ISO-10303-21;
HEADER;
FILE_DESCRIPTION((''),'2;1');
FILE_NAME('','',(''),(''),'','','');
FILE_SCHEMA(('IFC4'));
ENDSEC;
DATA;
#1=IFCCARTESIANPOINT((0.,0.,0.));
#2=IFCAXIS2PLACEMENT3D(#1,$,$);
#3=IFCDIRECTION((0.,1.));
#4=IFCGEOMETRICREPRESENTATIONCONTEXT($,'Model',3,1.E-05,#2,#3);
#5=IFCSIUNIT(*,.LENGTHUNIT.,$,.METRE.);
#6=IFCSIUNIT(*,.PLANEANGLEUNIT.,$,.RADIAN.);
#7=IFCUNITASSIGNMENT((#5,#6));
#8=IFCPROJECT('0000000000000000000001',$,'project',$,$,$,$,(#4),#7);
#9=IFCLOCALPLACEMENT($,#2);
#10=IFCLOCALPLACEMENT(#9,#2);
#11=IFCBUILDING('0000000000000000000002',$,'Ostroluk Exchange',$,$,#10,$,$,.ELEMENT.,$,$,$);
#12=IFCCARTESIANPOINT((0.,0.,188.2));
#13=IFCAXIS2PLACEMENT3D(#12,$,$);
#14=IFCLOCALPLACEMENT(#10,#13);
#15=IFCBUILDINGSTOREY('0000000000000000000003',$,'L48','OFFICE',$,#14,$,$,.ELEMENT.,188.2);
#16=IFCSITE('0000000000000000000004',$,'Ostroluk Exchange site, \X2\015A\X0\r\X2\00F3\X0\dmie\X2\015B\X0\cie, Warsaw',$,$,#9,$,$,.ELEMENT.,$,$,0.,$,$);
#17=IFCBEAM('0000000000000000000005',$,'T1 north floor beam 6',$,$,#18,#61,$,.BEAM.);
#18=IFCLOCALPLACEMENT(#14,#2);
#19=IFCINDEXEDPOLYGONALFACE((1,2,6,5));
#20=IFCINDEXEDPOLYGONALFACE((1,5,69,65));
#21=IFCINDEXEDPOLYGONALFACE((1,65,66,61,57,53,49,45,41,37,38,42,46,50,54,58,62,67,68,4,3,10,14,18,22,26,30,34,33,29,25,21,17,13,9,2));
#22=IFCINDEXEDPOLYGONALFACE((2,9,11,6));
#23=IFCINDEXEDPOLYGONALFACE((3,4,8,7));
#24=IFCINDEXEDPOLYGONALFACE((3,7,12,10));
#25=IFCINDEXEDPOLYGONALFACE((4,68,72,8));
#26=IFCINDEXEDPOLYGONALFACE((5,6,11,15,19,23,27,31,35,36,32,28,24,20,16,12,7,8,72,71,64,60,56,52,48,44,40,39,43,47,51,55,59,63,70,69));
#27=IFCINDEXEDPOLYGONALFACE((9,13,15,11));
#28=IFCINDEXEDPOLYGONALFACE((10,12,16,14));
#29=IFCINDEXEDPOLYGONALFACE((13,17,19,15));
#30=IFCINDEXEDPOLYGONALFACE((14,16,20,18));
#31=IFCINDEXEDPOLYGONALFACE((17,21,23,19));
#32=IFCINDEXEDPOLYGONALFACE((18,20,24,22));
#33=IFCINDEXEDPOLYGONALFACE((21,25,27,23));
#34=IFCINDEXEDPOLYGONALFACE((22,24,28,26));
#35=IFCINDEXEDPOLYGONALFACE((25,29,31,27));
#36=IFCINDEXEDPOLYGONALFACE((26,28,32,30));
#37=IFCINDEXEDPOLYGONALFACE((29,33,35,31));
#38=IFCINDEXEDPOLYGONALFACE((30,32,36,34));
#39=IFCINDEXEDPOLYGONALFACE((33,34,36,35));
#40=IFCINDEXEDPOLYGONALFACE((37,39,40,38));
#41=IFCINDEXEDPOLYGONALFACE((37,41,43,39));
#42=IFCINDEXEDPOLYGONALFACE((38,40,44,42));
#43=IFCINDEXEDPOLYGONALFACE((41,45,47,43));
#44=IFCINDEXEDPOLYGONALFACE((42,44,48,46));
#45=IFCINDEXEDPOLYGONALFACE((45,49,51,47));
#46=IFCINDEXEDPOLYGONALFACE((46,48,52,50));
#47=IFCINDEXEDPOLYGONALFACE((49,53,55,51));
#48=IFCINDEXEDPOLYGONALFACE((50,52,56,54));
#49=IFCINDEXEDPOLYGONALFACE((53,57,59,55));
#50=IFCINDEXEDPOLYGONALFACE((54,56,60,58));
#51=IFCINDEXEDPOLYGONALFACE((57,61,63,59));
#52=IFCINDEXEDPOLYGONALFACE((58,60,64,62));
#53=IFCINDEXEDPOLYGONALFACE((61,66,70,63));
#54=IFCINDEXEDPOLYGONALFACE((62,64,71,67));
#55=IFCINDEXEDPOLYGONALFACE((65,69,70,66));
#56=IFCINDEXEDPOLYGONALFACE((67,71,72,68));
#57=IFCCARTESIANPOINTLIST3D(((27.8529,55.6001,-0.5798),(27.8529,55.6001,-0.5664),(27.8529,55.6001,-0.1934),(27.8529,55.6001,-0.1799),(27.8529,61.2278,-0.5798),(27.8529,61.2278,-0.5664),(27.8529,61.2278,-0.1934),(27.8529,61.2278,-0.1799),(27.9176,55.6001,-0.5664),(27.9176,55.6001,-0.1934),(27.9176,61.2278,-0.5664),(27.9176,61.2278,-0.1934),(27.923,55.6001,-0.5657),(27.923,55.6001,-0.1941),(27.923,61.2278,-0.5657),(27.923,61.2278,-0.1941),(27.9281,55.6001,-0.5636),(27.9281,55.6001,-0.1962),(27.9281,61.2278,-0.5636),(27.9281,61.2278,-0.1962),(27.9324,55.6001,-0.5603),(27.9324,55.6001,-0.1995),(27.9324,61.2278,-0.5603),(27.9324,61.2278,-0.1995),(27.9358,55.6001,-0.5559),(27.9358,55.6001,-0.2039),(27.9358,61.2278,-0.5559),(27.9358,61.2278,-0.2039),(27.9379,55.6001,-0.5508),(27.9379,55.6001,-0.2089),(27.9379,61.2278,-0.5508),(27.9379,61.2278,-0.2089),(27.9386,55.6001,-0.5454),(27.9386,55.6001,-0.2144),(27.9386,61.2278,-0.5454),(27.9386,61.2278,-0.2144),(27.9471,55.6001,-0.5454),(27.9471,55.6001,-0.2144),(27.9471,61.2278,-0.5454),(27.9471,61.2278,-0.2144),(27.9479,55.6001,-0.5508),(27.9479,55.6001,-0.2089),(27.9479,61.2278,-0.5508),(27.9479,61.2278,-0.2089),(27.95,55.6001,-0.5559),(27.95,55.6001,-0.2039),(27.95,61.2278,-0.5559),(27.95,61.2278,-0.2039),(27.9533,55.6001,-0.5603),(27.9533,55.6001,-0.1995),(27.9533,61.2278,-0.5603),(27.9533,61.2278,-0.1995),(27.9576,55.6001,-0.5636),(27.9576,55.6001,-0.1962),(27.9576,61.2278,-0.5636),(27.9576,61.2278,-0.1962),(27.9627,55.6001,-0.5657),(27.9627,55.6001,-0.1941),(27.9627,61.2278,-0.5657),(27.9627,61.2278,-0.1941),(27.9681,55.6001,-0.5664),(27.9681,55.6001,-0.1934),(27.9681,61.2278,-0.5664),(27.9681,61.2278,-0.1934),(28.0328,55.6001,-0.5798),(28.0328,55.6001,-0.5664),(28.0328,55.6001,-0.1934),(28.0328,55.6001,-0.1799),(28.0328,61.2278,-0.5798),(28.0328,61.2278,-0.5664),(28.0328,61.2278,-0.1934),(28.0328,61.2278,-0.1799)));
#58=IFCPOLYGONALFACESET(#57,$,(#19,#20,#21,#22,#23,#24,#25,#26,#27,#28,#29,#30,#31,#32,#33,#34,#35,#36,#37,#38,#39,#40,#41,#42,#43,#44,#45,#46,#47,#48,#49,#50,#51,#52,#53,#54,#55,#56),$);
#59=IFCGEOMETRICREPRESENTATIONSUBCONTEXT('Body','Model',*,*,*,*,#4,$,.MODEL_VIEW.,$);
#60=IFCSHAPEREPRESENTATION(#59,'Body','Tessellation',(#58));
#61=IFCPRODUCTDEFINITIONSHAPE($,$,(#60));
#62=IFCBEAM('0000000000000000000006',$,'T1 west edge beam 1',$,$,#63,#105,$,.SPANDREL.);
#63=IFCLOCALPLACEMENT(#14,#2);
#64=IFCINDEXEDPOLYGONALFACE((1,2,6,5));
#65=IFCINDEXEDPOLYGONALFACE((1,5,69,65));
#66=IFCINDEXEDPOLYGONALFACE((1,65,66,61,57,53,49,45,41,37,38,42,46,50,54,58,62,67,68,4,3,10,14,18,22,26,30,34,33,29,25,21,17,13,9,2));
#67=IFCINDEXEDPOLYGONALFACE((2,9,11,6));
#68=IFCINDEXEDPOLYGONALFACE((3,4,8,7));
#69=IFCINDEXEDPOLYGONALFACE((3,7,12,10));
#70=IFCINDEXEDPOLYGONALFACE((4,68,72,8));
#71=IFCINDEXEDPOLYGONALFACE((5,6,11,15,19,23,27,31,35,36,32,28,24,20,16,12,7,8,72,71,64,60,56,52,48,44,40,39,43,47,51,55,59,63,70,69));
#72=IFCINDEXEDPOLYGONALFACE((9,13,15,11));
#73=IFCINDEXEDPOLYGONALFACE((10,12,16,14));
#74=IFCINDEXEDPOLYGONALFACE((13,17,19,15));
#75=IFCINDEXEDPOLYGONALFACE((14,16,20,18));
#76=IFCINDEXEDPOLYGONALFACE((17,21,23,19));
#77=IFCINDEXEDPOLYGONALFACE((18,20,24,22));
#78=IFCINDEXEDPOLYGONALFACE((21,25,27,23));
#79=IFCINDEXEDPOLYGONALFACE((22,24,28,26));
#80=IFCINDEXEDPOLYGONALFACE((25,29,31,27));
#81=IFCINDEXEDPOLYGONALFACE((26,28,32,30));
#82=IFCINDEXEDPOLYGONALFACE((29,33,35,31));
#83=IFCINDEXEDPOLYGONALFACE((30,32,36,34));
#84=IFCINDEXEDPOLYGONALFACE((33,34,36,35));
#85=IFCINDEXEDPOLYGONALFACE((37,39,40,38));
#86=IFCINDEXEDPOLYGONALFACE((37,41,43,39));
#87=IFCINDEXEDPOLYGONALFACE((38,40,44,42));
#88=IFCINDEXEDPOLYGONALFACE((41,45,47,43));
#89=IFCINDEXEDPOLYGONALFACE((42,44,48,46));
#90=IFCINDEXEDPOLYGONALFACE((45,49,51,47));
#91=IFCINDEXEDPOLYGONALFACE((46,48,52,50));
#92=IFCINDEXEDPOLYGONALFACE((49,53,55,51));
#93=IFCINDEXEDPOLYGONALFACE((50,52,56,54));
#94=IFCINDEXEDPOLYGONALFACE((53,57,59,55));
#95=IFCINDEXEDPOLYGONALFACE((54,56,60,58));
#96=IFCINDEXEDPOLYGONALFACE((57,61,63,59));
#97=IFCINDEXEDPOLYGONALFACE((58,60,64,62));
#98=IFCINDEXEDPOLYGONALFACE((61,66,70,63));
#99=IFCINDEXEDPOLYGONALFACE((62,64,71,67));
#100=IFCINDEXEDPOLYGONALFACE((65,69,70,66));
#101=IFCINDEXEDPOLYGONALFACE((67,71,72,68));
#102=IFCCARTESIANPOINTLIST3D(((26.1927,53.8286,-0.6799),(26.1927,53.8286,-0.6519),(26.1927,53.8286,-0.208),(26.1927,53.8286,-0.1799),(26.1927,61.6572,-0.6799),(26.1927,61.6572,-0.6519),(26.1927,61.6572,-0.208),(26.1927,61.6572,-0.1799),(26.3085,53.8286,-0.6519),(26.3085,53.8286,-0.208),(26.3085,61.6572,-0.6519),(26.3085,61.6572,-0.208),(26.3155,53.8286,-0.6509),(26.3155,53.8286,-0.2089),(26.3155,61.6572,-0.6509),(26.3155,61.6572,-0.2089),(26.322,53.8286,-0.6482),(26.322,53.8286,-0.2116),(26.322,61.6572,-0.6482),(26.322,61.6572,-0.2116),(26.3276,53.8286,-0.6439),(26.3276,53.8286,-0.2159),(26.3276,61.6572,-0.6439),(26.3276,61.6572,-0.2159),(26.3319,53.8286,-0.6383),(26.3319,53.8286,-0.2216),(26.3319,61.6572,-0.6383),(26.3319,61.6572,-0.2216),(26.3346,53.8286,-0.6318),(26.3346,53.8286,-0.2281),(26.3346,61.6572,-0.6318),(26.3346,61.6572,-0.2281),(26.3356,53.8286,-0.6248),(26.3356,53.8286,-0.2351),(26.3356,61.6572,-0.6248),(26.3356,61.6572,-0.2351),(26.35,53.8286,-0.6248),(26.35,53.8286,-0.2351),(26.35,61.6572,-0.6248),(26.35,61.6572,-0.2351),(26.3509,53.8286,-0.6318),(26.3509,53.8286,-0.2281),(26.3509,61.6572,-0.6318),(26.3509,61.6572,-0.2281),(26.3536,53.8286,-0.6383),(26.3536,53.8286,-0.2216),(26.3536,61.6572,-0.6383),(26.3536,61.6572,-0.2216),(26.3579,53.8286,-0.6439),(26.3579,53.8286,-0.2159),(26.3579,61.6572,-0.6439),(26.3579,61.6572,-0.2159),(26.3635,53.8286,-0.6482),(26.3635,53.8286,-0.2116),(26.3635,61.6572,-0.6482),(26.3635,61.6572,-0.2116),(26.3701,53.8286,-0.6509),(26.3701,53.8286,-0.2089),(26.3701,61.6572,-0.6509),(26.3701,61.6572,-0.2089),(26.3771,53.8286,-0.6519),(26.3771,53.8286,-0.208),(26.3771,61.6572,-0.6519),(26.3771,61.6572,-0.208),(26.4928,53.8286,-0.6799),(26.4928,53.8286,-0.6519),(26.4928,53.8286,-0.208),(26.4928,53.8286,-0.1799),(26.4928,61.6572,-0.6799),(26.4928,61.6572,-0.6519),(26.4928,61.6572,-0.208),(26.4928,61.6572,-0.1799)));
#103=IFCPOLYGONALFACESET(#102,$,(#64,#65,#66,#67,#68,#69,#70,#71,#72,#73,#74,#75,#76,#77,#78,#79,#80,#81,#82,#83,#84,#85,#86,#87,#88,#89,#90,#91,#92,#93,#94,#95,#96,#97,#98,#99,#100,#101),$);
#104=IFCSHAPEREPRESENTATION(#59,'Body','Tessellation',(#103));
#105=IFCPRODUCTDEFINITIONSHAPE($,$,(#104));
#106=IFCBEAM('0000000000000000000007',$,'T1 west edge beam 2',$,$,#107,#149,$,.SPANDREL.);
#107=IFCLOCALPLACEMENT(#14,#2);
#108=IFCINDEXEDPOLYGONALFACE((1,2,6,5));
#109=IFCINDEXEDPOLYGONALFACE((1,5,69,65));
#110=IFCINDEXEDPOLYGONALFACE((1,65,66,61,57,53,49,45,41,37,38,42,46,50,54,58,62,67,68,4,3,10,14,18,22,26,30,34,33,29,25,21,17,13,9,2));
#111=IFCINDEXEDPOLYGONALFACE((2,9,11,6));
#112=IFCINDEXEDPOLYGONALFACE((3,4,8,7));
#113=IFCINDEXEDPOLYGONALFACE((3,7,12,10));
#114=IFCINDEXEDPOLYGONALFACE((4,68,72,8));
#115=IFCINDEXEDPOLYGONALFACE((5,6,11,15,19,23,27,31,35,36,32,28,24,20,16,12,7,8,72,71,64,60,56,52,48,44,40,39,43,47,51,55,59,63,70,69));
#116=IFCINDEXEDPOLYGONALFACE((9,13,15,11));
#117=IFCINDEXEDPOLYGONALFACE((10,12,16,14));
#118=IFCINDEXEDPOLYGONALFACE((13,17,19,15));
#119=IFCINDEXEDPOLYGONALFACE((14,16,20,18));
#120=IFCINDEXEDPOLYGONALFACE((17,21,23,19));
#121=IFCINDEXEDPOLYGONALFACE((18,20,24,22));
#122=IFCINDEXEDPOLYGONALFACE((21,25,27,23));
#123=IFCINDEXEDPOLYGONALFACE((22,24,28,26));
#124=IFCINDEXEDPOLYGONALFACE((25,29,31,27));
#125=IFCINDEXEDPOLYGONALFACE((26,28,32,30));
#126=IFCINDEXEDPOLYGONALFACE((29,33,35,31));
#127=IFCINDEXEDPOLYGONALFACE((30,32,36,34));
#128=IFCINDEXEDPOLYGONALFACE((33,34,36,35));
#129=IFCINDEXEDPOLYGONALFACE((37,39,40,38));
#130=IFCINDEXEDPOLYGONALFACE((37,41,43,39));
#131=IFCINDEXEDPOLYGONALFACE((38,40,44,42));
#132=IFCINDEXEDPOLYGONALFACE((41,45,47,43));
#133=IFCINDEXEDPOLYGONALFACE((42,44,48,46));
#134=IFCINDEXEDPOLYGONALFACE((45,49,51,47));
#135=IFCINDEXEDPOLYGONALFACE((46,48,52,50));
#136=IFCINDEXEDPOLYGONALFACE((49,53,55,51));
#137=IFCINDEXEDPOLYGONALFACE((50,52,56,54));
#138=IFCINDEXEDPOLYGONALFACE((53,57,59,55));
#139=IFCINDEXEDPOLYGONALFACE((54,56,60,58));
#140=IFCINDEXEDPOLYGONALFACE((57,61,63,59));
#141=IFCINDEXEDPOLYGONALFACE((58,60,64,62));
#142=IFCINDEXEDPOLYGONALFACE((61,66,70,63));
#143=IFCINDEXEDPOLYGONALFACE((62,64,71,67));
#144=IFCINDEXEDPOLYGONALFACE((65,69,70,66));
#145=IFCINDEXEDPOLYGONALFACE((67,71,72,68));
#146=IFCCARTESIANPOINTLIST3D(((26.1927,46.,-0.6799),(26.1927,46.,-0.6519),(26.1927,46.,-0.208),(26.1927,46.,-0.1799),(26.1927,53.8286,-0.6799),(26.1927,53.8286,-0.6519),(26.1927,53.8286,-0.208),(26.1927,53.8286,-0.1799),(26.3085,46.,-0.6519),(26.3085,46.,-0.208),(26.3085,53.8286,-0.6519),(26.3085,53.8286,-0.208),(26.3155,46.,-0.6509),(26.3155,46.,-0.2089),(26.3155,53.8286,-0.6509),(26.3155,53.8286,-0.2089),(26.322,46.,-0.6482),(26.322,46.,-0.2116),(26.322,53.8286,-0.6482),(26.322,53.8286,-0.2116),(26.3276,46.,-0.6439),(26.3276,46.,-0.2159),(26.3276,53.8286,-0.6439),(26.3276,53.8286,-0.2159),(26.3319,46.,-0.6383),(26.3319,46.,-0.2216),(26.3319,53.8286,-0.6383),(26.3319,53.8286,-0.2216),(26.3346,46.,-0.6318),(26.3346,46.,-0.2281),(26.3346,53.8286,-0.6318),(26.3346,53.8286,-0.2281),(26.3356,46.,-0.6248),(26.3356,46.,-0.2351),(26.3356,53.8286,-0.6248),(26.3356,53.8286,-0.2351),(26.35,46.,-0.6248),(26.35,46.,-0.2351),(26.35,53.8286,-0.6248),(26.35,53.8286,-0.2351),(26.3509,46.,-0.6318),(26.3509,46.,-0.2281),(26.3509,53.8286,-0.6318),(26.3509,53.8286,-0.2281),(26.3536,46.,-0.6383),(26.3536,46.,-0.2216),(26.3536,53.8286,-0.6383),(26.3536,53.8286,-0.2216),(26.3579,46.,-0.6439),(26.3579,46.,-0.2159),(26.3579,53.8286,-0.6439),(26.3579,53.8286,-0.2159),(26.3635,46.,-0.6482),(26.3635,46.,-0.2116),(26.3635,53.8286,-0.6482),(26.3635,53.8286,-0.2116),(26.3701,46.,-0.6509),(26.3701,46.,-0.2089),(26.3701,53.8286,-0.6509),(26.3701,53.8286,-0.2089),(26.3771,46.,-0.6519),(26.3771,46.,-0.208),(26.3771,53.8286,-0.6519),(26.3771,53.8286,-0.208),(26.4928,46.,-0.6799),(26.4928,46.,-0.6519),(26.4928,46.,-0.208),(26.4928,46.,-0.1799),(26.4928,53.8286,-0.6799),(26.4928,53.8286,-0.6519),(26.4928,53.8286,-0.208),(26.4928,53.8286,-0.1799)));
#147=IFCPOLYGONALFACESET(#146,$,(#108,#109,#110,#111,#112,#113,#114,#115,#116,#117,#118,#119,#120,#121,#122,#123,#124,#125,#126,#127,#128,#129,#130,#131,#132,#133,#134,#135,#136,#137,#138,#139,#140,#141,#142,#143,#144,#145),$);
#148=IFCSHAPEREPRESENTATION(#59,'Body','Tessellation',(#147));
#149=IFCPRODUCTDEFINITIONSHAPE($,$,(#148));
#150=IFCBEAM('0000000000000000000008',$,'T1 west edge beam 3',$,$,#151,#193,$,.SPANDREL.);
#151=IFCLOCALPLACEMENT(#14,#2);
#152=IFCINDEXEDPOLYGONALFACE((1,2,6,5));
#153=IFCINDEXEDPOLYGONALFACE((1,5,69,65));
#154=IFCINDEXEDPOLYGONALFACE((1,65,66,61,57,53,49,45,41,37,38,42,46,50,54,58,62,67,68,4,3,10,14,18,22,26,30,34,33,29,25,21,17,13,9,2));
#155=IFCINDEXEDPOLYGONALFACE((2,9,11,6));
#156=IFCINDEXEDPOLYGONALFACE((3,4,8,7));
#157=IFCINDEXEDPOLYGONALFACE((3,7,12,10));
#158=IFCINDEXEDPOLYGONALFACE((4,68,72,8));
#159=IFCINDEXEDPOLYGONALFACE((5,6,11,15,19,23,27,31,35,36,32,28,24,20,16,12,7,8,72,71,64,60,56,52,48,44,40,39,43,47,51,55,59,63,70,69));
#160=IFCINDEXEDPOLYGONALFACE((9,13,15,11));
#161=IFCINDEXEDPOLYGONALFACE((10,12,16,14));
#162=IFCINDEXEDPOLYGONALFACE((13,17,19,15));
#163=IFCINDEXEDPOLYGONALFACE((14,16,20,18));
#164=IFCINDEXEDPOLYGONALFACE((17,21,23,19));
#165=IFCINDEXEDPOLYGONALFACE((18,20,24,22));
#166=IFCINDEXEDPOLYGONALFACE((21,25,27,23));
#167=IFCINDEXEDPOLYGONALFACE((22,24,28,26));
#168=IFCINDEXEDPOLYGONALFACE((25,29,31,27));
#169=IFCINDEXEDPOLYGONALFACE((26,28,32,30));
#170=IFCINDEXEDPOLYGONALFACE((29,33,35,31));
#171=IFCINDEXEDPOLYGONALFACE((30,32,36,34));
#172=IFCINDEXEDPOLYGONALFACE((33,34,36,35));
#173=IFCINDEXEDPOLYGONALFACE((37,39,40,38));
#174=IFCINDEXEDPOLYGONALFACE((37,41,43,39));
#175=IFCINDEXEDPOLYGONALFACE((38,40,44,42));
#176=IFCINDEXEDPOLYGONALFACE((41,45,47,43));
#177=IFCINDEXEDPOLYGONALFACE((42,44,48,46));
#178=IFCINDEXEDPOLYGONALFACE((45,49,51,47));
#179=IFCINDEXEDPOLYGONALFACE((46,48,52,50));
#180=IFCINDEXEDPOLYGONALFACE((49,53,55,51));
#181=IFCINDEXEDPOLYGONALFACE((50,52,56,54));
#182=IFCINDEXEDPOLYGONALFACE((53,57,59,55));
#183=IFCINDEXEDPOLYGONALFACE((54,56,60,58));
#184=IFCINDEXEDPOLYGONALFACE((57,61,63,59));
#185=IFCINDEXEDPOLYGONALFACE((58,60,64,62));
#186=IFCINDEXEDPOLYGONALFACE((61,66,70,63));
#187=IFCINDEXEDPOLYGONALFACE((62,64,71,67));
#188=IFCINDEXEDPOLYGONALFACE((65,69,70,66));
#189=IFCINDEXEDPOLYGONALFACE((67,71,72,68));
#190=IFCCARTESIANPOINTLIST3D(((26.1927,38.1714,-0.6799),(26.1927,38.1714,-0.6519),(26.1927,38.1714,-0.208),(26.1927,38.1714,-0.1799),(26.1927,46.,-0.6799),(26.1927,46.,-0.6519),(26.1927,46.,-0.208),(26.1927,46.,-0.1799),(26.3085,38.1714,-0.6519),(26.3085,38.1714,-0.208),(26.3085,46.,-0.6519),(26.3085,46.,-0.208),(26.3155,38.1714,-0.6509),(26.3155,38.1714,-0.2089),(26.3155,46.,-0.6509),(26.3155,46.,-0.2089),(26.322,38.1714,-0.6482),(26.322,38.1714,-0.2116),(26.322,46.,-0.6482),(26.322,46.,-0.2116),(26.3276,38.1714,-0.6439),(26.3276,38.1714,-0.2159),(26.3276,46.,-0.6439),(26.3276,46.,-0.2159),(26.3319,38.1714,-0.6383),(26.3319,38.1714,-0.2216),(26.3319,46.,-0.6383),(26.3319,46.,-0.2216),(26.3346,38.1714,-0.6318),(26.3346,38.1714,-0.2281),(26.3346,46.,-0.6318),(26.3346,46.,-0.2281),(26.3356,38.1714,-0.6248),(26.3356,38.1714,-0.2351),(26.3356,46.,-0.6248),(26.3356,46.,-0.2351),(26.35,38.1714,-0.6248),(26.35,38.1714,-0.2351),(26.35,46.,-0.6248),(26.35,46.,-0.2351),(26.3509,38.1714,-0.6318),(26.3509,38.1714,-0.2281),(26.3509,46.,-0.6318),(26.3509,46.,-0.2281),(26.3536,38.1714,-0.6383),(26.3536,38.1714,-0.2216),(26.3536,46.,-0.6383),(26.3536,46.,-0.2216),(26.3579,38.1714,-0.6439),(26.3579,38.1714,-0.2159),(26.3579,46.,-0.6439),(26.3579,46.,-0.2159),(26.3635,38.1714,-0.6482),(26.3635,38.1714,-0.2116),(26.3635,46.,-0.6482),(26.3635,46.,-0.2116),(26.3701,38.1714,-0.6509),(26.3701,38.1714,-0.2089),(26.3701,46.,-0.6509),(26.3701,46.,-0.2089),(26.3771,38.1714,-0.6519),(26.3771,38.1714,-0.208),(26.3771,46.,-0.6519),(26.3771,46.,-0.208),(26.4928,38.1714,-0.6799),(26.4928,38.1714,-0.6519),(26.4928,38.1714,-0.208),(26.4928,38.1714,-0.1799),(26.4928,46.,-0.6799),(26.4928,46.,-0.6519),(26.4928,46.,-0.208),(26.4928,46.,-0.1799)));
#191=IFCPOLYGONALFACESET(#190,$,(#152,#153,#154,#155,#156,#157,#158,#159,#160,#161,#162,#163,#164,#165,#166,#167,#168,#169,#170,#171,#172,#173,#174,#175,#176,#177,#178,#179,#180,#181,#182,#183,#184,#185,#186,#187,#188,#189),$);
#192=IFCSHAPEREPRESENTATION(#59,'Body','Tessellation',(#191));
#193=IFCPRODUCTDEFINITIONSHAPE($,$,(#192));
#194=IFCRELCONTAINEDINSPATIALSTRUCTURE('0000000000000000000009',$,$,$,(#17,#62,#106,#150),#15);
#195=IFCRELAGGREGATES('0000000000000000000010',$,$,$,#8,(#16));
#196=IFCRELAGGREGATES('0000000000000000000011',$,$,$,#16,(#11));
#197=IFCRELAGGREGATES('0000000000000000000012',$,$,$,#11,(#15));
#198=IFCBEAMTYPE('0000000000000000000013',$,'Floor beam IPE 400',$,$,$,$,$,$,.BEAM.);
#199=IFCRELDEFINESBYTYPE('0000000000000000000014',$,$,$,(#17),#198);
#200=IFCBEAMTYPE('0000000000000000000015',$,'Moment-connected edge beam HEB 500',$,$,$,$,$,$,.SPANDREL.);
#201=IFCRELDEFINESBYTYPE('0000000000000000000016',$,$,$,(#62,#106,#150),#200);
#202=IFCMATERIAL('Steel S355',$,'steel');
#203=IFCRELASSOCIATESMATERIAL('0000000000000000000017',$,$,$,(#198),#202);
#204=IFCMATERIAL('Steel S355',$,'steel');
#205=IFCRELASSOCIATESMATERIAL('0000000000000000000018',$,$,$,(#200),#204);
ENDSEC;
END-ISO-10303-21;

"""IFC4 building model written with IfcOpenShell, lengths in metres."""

from ifc_helpers import new_model, si_unit, direction, frame, origin, origin_2d, place, context, subcontext, project, spatial, i_section, extrude, material, material_profile, profile_set, type_object, element, save


model = new_model("IFC4")

# Units and contexts
model_context = context("Model", 3, precision=1e-05, world=origin(), true_north=direction((0.0, 1.0)))
body_context = subcontext(model_context, "Body", "Model", "MODEL_VIEW")
ifc_project = project(units=[si_unit("LENGTHUNIT", "METRE"), si_unit("PLANEANGLEUNIT", "RADIAN")], contexts=[model_context])

# Site, building, storey
site_placement = place(None, origin())
site = spatial("IfcSite", under=ifc_project, at=site_placement, Name="Ostroluk Exchange site, Śródmieście, Warsaw", CompositionType="ELEMENT", RefElevation=0.0)
building_placement = place(site_placement, origin())
building = spatial("IfcBuilding", under=site, at=building_placement, Name="Ostroluk Exchange", CompositionType="ELEMENT")
storey_placement = place(building_placement, frame((0.0, 0.0, 188.2)))
storey = spatial("IfcBuildingStorey", under=building, at=storey_placement, Name="L48", Description="OFFICE", CompositionType="ELEMENT", Elevation=188.2)

# Beams
ifc_material_1 = material(Name="Steel S355", Category="steel")
ifc_material_profile_1 = material_profile(ifc_material_1, i_section(OverallWidth=0.1799, OverallDepth=0.3999, WebThickness=0.0085, FlangeThickness=0.0134, FilletRadius=0.021, at=origin_2d()), Name="IPE 400")
ifc_profile_set_1 = profile_set([ifc_material_profile_1], Name="Steel S355")
beam_type_1 = type_object("IfcBeamType", Name="Floor beam IPE 400", PredefinedType="BEAM", material=ifc_profile_set_1)
beam_1_placement = place(storey_placement, frame((27.9429, 55.6001, -0.3799), z_axis=(0.0, 1.0, 0.0), x_axis=(-1.0, 0.0, 0.0)))
element("IfcBeam", 1, at=beam_1_placement, inside=storey, type_object=beam_type_1, Name="T1 north floor beam 6", PredefinedType="BEAM", context=body_context, shape_type="SweptSolid", body=[
    extrude(i_section(OverallWidth=0.1799, OverallDepth=0.3999, WebThickness=0.0085, FlangeThickness=0.0134, FilletRadius=0.021, at=origin_2d()), origin(), (0.0, 0.0, 1.0), 5.6277),
])
ifc_material_2 = material(Name="Steel S355", Category="steel")
ifc_material_profile_2 = material_profile(ifc_material_2, i_section(OverallWidth=0.3, OverallDepth=0.5, WebThickness=0.0144, FlangeThickness=0.0281, FilletRadius=0.0271, at=origin_2d()), Name="HEB 500")
ifc_profile_set_2 = profile_set([ifc_material_profile_2], Name="Steel S355")
beam_type_2 = type_object("IfcBeamType", Name="Moment-connected edge beam HEB 500", PredefinedType="SPANDREL", material=ifc_profile_set_2)
for number, where, z_axis, x_axis, name in (
    (2, (26.3428, 61.6572, -0.4299), (0.0, -1.0, 0.0), (1.0, 0.0, 0.0), "T1 west edge beam 1"),
    (3, (26.3428, 53.8286, -0.4299), (0.0, -1.0, 0.0), (1.0, 0.0, 0.0), "T1 west edge beam 2"),
    (4, (26.3428, 46.0, -0.4299), (0.0, -1.0, 0.0), (1.0, 0.0, 0.0), "T1 west edge beam 3"),
):
    element("IfcBeam", number, at=place(storey_placement, frame(where, z_axis=z_axis, x_axis=x_axis)), inside=storey, type_object=beam_type_2, Name=name, PredefinedType="SPANDREL", context=body_context, shape_type="SweptSolid", body=[
        extrude(i_section(OverallWidth=0.3, OverallDepth=0.5, WebThickness=0.0144, FlangeThickness=0.0281, FilletRadius=0.0271, at=origin_2d()), origin(), (0.0, 0.0, 1.0), 7.8286),
    ])

save(model, "model.ifc")
